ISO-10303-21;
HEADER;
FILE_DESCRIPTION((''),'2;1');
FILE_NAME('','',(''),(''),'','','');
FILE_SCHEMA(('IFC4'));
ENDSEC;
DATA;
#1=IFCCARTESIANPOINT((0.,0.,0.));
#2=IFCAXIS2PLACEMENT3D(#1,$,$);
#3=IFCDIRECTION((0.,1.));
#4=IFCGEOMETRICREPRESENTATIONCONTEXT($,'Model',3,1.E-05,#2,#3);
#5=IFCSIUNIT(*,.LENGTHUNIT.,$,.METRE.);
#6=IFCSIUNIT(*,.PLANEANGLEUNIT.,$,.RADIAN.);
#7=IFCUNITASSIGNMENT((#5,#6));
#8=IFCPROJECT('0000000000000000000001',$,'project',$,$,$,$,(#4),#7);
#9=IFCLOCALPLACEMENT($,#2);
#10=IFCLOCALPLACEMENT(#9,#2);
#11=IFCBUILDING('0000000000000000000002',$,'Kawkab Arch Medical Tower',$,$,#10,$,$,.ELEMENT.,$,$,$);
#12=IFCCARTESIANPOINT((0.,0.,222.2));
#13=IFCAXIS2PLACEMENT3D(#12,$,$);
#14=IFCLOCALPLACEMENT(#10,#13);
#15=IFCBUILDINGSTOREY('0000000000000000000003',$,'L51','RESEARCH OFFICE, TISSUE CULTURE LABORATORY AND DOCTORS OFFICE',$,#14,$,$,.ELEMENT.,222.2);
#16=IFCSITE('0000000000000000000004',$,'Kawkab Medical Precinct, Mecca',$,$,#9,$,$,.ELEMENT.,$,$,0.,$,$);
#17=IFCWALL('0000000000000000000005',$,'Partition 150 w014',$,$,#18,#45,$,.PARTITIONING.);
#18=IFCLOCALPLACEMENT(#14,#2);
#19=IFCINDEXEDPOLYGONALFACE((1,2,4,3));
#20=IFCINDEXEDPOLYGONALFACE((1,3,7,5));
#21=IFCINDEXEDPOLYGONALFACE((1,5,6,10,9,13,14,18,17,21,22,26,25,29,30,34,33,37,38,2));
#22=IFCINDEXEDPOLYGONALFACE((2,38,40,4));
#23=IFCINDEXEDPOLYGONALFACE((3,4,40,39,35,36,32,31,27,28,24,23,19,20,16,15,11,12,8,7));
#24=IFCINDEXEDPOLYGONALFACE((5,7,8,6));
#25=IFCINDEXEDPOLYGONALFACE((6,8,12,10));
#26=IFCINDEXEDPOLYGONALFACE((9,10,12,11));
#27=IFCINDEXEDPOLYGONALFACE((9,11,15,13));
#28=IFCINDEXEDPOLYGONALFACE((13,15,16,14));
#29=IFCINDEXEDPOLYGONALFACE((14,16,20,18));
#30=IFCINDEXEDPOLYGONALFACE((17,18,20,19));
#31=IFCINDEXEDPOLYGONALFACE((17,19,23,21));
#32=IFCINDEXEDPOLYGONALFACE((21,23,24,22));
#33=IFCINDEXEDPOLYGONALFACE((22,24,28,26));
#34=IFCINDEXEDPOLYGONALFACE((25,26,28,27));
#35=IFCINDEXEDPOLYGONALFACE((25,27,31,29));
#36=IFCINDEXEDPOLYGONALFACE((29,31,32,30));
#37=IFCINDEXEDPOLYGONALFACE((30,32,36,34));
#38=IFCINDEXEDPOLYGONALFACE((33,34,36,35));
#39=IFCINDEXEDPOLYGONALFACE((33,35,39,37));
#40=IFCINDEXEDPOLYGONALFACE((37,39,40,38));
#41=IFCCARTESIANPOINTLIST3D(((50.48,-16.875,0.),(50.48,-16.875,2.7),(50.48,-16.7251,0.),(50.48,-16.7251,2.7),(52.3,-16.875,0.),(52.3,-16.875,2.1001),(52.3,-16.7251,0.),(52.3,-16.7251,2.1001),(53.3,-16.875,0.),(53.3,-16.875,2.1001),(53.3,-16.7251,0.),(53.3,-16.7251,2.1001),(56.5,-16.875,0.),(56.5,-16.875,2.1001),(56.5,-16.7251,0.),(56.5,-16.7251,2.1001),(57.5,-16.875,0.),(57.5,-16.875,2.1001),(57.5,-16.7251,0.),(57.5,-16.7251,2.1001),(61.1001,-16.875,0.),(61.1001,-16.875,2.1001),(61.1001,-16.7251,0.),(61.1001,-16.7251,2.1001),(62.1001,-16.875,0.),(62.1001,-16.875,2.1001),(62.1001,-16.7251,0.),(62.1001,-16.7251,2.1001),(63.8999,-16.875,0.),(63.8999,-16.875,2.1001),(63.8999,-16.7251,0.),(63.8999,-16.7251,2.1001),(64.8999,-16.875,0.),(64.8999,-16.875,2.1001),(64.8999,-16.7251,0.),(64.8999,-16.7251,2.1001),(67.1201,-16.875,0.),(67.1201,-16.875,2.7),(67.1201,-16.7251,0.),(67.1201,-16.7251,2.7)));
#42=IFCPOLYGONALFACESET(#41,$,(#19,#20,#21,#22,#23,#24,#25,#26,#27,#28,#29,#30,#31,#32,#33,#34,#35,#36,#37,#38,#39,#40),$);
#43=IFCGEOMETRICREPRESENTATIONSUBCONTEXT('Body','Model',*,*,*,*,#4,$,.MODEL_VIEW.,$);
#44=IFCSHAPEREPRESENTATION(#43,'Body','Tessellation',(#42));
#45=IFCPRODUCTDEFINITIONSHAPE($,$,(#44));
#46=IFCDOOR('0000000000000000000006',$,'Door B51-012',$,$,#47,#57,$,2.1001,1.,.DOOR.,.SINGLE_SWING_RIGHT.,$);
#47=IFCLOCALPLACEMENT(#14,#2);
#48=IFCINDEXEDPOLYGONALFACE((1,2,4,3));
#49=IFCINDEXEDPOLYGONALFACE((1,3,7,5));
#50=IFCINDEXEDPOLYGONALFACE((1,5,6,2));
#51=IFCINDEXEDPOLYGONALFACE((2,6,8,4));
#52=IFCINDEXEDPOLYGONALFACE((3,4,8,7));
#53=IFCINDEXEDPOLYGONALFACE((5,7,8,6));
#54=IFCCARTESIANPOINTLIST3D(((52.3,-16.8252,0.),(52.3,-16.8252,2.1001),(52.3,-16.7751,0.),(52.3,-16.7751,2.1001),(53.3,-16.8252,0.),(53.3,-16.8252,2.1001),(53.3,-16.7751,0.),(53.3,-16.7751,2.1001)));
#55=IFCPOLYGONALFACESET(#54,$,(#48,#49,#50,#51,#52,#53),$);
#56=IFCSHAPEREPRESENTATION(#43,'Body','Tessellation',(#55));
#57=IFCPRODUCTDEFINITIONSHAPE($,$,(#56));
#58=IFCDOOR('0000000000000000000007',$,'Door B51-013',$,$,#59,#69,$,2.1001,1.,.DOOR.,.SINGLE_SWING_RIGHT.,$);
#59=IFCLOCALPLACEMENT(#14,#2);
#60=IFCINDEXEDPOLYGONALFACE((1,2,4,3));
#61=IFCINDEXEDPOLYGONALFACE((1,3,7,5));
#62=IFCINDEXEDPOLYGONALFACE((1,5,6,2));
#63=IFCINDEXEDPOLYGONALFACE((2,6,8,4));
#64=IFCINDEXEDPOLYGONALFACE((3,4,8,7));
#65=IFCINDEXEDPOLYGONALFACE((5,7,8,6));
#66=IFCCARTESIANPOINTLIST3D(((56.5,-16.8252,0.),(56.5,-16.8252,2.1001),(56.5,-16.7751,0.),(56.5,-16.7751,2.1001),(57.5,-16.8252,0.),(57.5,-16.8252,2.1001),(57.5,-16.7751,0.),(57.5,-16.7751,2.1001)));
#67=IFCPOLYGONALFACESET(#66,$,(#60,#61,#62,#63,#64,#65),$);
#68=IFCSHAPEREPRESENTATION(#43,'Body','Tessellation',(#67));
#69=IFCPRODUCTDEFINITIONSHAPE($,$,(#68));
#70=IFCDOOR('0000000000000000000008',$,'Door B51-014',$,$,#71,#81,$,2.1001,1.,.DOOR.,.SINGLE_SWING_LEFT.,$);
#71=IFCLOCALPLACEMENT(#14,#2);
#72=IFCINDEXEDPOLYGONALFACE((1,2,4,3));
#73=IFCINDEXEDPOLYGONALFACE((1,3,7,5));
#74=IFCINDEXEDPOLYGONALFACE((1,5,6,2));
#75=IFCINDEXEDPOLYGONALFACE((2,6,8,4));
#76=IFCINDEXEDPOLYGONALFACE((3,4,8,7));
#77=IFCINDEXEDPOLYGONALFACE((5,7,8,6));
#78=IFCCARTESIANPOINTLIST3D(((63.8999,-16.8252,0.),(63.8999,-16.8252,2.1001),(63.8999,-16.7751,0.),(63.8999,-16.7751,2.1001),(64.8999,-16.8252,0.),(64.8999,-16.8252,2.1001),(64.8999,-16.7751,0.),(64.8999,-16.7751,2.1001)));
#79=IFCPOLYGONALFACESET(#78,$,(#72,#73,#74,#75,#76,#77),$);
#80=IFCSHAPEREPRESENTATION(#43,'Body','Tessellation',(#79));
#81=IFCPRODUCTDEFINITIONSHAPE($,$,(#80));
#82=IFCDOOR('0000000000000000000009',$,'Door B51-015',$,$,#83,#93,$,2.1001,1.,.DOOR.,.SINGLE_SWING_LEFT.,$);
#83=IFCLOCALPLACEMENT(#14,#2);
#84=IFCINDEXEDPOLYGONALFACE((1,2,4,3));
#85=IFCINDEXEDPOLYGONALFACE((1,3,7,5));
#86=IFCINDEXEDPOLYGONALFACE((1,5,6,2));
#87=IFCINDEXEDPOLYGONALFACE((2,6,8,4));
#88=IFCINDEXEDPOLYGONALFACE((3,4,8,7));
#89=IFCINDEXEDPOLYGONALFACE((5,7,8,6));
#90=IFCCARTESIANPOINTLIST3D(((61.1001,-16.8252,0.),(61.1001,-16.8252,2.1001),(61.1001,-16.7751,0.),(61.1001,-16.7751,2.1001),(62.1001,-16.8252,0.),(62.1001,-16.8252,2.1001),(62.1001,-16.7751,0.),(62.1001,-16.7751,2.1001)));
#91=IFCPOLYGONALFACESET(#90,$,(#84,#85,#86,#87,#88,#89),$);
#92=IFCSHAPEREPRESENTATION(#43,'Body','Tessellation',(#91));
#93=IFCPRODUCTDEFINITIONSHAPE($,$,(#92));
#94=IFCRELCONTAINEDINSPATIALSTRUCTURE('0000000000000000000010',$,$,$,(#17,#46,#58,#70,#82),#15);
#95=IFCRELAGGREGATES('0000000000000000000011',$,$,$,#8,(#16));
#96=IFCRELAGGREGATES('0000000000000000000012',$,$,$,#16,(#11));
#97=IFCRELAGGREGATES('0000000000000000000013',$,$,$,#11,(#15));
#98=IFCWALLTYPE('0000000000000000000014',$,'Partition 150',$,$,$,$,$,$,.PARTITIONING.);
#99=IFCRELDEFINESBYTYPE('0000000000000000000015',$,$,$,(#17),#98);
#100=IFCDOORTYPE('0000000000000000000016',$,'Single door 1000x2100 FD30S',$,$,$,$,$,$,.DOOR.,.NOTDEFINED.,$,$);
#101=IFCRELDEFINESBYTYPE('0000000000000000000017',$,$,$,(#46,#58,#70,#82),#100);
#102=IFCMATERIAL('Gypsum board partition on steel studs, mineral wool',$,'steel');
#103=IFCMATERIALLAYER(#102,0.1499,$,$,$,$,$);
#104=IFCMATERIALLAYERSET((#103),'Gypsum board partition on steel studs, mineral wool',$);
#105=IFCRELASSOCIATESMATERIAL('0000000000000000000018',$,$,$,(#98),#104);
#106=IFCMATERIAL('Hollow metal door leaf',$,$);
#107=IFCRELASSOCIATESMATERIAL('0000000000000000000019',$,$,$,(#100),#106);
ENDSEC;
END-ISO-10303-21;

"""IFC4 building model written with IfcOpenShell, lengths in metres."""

from ifc_helpers import new_model, si_unit, direction, frame, frame_2d, origin, place, context, subcontext, project, spatial, rectangle, extrude, material, layer, layer_set, type_object, element, fill, save


model = new_model("IFC4")

# Units and contexts
model_context = context("Model", 3, precision=1e-05, world=origin(), true_north=direction((0.0, 1.0)))
body_context = subcontext(model_context, "Body", "Model", "MODEL_VIEW")
ifc_project = project(units=[si_unit("LENGTHUNIT", "METRE"), si_unit("PLANEANGLEUNIT", "RADIAN")], contexts=[model_context])

# Site, building, storey
site_placement = place(None, origin())
site = spatial("IfcSite", under=ifc_project, at=site_placement, Name="Kawkab Medical Precinct, Mecca", CompositionType="ELEMENT", RefElevation=0.0)
building_placement = place(site_placement, origin())
building = spatial("IfcBuilding", under=site, at=building_placement, Name="Kawkab Arch Medical Tower", CompositionType="ELEMENT")
storey_placement = place(building_placement, frame((0.0, 0.0, 222.2)))
storey = spatial("IfcBuildingStorey", under=building, at=storey_placement, Name="L51", Description="RESEARCH OFFICE, TISSUE CULTURE LABORATORY AND DOCTORS OFFICE", CompositionType="ELEMENT", Elevation=222.2)

# Wall, openings, doors
ifc_material_1 = material(Name="Gypsum board partition on steel studs, mineral wool", Category="steel")
ifc_layer_1 = layer(ifc_material_1, 0.1499)
ifc_layer_set_1 = layer_set([ifc_layer_1], Name="Gypsum board partition on steel studs, mineral wool")
wall_type = type_object("IfcWallType", Name="Partition 150", PredefinedType="PARTITIONING", material=ifc_layer_set_1)
wall_placement = place(storey_placement, frame((50.48, -16.8, 0.0), z_axis=(0.0, 0.0, 1.0), x_axis=(1.0, 0.0, 0.0)))
wall = element("IfcWall", 1, at=wall_placement, inside=storey, type_object=wall_type, Name="Partition 150 w014", PredefinedType="PARTITIONING", context=body_context, shape_type="SweptSolid", body=[
    extrude(rectangle(XDim=16.6401, YDim=0.1499, at=frame_2d((8.3201, 0.0))), origin(), (0.0, 0.0, 1.0), 2.7),
])
opening_1_placement = place(wall_placement, frame((1.8201, 0.0, 0.0)))
opening_1 = element("IfcOpeningElement", 2, at=opening_1_placement, cuts=wall, PredefinedType="OPENING", context=body_context, shape_type="SweptSolid", body=[
    extrude(rectangle(XDim=1.0, YDim=2.1001, at=frame_2d((0.5, 1.05))), frame((0.0, 0.085, 0.0), z_axis=(0.0, -1.0, 0.0), x_axis=(1.0, 0.0, 0.0)), (0.0, 0.0, 1.0), 0.1699),
])
opening_2_placement = place(wall_placement, frame((6.02, 0.0, 0.0)))
opening_2 = element("IfcOpeningElement", 3, at=opening_2_placement, cuts=wall, PredefinedType="OPENING", context=body_context, shape_type="SweptSolid", body=[
    extrude(rectangle(XDim=1.0, YDim=2.1001, at=frame_2d((0.5, 1.05))), frame((0.0, 0.085, 0.0), z_axis=(0.0, -1.0, 0.0), x_axis=(1.0, 0.0, 0.0)), (0.0, 0.0, 1.0), 0.1699),
])
opening_3_placement = place(wall_placement, frame((13.4199, 0.0, 0.0)))
opening_3 = element("IfcOpeningElement", 4, at=opening_3_placement, cuts=wall, PredefinedType="OPENING", context=body_context, shape_type="SweptSolid", body=[
    extrude(rectangle(XDim=1.0, YDim=2.1001, at=frame_2d((0.5, 1.05))), frame((0.0, 0.085, 0.0), z_axis=(0.0, -1.0, 0.0), x_axis=(1.0, 0.0, 0.0)), (0.0, 0.0, 1.0), 0.1699),
])
opening_4_placement = place(wall_placement, frame((10.6201, 0.0, 0.0)))
opening_4 = element("IfcOpeningElement", 5, at=opening_4_placement, cuts=wall, PredefinedType="OPENING", context=body_context, shape_type="SweptSolid", body=[
    extrude(rectangle(XDim=1.0, YDim=2.1001, at=frame_2d((0.5, 1.05))), frame((0.0, 0.085, 0.0), z_axis=(0.0, -1.0, 0.0), x_axis=(1.0, 0.0, 0.0)), (0.0, 0.0, 1.0), 0.1699),
])
ifc_material_2 = material(Name="Hollow metal door leaf")
door_type = type_object("IfcDoorType", Name="Single door 1000x2100 FD30S", OperationType="NOTDEFINED", PredefinedType="DOOR", material=ifc_material_2)
door_1_placement = place(opening_1_placement, origin())
door_1 = element("IfcDoor", 6, at=door_1_placement, inside=storey, type_object=door_type, Name="Door B51-012", OperationType="SINGLE_SWING_RIGHT", OverallHeight=2.1001, OverallWidth=1.0, PredefinedType="DOOR", context=body_context, shape_type="SweptSolid", body=[
    extrude(rectangle(XDim=1.0, YDim=2.1001, at=frame_2d((0.5, 1.05))), frame((0.0, 0.0249, 0.0), z_axis=(0.0, -1.0, 0.0), x_axis=(1.0, 0.0, 0.0)), (0.0, 0.0, 1.0), 0.05),
])
fill(opening_1, door_1)
door_2_placement = place(opening_2_placement, origin())
door_2 = element("IfcDoor", 7, at=door_2_placement, inside=storey, type_object=door_type, Name="Door B51-013", OperationType="SINGLE_SWING_RIGHT", OverallHeight=2.1001, OverallWidth=1.0, PredefinedType="DOOR", context=body_context, shape_type="SweptSolid", body=[
    extrude(rectangle(XDim=1.0, YDim=2.1001, at=frame_2d((0.5, 1.05))), frame((0.0, 0.0249, 0.0), z_axis=(0.0, -1.0, 0.0), x_axis=(1.0, 0.0, 0.0)), (0.0, 0.0, 1.0), 0.05),
])
fill(opening_2, door_2)
door_3_placement = place(opening_3_placement, origin())
door_3 = element("IfcDoor", 8, at=door_3_placement, inside=storey, type_object=door_type, Name="Door B51-014", OperationType="SINGLE_SWING_LEFT", OverallHeight=2.1001, OverallWidth=1.0, PredefinedType="DOOR", context=body_context, shape_type="SweptSolid", body=[
    extrude(rectangle(XDim=1.0, YDim=2.1001, at=frame_2d((0.5, 1.05))), frame((0.0, 0.0249, 0.0), z_axis=(0.0, -1.0, 0.0), x_axis=(1.0, 0.0, 0.0)), (0.0, 0.0, 1.0), 0.05),
])
fill(opening_3, door_3)
door_4_placement = place(opening_4_placement, origin())
door_4 = element("IfcDoor", 9, at=door_4_placement, inside=storey, type_object=door_type, Name="Door B51-015", OperationType="SINGLE_SWING_LEFT", OverallHeight=2.1001, OverallWidth=1.0, PredefinedType="DOOR", context=body_context, shape_type="SweptSolid", body=[
    extrude(rectangle(XDim=1.0, YDim=2.1001, at=frame_2d((0.5, 1.05))), frame((0.0, 0.0249, 0.0), z_axis=(0.0, -1.0, 0.0), x_axis=(1.0, 0.0, 0.0)), (0.0, 0.0, 1.0), 0.05),
])
fill(opening_4, door_4)

save(model, "model.ifc")
